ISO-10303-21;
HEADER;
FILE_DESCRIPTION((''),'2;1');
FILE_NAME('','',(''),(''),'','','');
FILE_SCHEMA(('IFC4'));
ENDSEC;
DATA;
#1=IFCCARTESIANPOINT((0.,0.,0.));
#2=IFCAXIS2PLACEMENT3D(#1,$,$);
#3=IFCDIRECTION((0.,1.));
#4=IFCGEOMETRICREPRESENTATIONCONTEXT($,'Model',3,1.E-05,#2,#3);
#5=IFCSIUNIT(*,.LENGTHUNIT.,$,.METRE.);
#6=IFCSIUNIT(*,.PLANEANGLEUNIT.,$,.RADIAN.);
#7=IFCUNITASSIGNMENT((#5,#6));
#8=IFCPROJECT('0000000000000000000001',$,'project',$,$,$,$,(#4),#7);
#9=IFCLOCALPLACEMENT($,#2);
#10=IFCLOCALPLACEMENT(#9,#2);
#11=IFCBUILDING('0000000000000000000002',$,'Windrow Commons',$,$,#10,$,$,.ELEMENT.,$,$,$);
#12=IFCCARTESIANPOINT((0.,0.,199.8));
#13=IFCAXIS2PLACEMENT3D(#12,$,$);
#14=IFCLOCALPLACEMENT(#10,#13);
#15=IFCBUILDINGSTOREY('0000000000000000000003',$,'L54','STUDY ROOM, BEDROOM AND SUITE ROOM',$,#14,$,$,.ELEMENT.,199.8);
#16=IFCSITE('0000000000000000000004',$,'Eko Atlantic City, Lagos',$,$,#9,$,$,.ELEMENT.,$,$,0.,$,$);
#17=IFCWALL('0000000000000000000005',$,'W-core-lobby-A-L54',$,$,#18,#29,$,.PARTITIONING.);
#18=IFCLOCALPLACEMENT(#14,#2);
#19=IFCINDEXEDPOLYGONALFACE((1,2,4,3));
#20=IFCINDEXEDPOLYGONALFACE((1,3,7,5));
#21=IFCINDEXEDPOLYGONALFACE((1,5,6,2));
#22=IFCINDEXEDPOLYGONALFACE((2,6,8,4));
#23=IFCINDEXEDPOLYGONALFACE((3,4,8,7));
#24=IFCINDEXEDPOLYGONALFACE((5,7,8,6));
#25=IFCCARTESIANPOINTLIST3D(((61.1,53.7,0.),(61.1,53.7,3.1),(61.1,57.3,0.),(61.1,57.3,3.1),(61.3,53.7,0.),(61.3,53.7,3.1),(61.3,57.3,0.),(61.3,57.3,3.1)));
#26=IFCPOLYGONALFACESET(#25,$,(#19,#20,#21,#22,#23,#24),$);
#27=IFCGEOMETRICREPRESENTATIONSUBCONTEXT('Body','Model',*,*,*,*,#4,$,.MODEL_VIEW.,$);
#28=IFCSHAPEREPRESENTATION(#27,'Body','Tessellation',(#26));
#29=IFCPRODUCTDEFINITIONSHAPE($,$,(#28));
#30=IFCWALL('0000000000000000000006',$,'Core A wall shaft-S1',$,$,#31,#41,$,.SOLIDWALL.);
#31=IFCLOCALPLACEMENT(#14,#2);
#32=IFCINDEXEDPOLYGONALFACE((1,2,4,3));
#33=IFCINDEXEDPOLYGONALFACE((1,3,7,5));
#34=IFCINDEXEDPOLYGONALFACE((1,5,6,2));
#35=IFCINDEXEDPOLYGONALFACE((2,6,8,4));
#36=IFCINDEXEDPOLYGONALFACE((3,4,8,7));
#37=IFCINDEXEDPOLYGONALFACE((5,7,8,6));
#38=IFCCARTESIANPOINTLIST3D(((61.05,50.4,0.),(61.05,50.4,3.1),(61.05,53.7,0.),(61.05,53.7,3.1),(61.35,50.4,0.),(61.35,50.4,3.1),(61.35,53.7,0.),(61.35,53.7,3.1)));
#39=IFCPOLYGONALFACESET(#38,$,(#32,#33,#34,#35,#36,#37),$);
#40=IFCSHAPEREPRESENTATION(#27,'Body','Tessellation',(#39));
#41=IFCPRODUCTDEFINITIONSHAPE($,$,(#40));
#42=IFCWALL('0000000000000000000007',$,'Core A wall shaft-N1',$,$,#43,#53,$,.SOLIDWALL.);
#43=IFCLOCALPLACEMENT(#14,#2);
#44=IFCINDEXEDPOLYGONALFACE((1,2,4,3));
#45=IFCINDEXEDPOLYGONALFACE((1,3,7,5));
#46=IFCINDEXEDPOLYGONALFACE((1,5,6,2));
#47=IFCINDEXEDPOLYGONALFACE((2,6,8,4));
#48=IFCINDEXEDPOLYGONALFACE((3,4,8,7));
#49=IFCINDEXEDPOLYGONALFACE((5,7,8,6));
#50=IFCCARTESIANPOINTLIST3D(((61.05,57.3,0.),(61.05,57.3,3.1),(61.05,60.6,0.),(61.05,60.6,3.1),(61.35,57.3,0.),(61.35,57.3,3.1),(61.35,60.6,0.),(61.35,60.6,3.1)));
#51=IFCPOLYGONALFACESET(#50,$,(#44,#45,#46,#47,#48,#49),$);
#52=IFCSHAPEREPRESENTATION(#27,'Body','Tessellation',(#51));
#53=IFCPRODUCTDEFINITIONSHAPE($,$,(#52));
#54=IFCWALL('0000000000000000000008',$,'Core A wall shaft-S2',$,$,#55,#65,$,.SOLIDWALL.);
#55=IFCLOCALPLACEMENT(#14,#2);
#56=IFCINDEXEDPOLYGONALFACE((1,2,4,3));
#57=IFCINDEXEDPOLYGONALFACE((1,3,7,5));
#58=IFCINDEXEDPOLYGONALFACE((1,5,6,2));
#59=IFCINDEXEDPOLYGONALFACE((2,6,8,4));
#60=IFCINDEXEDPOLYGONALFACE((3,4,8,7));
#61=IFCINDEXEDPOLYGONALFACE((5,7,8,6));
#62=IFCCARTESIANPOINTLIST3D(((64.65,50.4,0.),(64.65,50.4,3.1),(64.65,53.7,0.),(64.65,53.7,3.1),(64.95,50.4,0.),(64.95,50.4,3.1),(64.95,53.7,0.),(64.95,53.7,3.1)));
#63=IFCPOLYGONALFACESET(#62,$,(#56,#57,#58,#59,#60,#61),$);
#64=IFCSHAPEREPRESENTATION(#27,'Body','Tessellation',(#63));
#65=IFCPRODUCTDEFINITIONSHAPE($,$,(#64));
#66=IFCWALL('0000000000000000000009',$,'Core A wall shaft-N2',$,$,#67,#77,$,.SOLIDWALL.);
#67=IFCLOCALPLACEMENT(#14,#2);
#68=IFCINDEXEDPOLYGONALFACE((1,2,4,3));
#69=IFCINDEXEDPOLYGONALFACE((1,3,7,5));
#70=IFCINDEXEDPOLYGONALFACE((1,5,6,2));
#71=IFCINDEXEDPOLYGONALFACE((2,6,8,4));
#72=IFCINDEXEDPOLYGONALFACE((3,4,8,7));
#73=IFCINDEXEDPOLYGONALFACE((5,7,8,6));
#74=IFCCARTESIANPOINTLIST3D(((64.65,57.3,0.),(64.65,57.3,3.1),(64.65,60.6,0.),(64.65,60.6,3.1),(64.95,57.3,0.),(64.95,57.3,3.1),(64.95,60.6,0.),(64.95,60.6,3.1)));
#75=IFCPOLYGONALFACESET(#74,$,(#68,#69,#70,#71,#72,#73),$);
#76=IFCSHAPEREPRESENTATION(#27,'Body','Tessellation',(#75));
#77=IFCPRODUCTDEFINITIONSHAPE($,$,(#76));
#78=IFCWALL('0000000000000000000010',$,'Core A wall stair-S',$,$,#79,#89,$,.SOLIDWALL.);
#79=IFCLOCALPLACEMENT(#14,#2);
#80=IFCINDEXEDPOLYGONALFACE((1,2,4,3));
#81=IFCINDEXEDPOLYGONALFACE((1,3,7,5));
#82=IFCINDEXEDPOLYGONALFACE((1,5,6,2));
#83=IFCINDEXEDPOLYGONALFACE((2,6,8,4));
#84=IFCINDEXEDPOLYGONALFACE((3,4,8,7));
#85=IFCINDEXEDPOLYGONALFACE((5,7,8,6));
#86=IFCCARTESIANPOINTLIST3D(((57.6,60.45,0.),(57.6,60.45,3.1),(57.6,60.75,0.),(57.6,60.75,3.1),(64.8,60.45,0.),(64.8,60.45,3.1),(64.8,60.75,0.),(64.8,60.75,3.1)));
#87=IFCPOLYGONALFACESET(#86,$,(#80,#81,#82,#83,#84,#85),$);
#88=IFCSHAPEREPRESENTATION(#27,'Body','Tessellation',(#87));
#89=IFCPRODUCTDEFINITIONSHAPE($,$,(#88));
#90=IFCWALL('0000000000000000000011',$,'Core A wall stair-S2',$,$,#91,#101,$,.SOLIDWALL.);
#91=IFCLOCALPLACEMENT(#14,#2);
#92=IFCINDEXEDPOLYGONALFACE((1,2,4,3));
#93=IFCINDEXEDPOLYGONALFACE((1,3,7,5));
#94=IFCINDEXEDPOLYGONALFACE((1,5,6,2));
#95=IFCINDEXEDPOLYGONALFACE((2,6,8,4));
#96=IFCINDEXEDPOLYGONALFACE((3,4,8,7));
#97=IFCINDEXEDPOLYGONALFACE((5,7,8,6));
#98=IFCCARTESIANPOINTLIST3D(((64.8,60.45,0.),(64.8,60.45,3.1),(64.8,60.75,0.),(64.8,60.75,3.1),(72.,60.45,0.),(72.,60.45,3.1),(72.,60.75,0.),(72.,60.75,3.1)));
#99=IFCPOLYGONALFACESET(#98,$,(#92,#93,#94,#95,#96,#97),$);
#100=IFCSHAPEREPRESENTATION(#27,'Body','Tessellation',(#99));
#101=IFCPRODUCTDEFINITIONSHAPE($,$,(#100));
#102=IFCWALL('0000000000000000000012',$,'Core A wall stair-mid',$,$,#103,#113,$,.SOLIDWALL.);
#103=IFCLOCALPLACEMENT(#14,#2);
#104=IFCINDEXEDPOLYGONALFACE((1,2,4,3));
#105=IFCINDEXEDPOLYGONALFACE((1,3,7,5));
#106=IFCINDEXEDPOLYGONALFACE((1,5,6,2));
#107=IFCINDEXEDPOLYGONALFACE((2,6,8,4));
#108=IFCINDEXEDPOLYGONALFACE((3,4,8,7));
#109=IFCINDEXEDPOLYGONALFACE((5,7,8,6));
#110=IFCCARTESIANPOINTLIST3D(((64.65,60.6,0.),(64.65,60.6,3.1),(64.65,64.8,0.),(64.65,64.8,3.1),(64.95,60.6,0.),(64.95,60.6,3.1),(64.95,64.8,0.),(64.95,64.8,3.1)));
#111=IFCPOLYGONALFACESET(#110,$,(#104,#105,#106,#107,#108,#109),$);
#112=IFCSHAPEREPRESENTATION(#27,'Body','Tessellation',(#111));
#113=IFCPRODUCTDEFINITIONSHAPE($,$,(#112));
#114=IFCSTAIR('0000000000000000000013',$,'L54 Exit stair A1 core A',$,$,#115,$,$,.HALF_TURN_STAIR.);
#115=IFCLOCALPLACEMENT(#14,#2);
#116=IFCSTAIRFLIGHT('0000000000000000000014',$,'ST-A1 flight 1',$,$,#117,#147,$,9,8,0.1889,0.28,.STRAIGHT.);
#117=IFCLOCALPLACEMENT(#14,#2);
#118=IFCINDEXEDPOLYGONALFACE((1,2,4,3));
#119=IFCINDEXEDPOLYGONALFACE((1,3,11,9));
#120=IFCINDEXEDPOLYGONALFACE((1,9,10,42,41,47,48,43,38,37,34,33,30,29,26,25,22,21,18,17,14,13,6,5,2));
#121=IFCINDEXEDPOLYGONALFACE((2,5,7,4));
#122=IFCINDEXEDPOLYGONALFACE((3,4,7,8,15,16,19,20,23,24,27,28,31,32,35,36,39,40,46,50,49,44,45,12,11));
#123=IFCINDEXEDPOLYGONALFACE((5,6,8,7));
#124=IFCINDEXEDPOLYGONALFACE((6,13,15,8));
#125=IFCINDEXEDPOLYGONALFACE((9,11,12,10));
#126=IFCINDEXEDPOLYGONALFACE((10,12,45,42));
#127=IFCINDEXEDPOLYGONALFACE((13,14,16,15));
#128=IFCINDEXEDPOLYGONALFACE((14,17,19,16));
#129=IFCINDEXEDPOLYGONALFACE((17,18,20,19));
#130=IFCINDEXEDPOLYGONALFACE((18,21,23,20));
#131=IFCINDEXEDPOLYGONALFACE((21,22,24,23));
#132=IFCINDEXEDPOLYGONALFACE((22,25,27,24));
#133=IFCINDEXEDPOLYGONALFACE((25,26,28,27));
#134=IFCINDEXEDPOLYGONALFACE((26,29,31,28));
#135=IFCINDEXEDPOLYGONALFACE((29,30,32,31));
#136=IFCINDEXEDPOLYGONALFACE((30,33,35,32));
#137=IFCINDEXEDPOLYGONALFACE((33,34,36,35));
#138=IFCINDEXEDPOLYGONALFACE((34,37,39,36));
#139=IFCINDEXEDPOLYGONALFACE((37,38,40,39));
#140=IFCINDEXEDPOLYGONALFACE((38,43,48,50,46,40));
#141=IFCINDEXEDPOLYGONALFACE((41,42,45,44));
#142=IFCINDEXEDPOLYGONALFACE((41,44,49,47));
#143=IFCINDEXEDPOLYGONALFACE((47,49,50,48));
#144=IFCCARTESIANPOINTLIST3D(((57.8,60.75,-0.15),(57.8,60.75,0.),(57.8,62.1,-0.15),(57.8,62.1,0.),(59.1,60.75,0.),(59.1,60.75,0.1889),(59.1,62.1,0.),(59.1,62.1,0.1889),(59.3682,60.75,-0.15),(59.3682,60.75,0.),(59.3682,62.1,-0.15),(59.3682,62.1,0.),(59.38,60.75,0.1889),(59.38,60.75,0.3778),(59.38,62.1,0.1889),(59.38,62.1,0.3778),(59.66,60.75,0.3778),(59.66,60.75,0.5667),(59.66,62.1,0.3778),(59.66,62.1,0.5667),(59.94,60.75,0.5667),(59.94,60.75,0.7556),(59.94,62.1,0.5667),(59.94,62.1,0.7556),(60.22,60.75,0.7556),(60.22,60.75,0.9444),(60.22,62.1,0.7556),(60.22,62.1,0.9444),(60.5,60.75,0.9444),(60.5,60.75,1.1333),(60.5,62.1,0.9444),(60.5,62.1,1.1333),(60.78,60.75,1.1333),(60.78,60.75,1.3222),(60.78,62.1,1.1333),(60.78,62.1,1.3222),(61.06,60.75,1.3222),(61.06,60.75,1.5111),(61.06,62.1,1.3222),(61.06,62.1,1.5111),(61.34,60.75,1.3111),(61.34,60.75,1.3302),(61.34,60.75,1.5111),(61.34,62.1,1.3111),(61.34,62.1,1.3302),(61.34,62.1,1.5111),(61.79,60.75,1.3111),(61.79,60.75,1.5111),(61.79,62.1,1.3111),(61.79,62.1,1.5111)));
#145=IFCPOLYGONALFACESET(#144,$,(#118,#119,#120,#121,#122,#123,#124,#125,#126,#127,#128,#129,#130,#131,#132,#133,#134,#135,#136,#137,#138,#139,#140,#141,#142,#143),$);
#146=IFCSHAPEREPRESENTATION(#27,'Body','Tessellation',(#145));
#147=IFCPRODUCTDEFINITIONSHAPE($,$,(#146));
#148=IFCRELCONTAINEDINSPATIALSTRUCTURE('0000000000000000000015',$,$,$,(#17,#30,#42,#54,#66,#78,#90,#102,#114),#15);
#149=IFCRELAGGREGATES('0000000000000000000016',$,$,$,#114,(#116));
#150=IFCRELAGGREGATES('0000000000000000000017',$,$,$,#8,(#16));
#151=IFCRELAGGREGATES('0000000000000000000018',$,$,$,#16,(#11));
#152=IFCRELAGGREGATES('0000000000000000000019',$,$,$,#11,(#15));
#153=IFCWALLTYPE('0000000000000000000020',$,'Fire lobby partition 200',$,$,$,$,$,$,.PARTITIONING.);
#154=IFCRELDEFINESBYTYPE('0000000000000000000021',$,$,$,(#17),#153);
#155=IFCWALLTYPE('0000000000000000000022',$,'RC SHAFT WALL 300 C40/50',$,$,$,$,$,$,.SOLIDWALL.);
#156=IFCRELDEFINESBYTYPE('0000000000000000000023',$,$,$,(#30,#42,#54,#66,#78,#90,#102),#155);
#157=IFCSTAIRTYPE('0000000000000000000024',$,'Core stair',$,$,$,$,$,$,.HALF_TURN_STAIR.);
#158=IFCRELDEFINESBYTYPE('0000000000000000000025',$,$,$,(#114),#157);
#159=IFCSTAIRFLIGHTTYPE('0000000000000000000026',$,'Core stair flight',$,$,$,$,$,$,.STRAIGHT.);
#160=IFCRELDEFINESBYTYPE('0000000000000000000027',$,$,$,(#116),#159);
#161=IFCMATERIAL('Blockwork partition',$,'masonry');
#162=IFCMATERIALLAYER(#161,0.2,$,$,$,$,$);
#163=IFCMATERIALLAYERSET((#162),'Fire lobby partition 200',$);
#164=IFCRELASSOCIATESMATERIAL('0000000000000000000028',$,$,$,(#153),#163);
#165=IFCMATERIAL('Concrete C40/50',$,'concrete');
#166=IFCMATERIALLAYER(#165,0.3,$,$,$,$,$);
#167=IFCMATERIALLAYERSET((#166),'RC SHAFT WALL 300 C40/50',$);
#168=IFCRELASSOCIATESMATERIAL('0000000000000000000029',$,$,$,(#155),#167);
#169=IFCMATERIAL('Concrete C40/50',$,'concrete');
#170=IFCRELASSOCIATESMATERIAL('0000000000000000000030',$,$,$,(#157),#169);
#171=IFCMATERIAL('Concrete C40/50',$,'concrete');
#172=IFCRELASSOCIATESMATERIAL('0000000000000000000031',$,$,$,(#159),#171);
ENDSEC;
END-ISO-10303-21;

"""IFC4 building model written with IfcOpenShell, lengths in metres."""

from ifc_helpers import new_model, si_unit, direction, frame, frame_2d, origin, place, context, subcontext, project, spatial, polyline, rectangle, outline, extrude, material, layer, layer_set, type_object, element, aggregate, save


model = new_model("IFC4")

# Units and contexts
model_context = context("Model", 3, precision=1e-05, world=origin(), true_north=direction((0.0, 1.0)))
body_context = subcontext(model_context, "Body", "Model", "MODEL_VIEW")
ifc_project = project(units=[si_unit("LENGTHUNIT", "METRE"), si_unit("PLANEANGLEUNIT", "RADIAN")], contexts=[model_context])

# Site, building, storey
site_placement = place(None, origin())
site = spatial("IfcSite", under=ifc_project, at=site_placement, Name="Eko Atlantic City, Lagos", CompositionType="ELEMENT", RefElevation=0.0)
building_placement = place(site_placement, origin())
building = spatial("IfcBuilding", under=site, at=building_placement, Name="Windrow Commons", CompositionType="ELEMENT")
storey_placement = place(building_placement, frame((0.0, 0.0, 199.8)))
storey = spatial("IfcBuildingStorey", under=building, at=storey_placement, Name="L54", Description="STUDY ROOM, BEDROOM AND SUITE ROOM", CompositionType="ELEMENT", Elevation=199.8)

# Walls
ifc_material_1 = material(Name="Blockwork partition", Category="masonry")
ifc_layer_1 = layer(ifc_material_1, 0.2)
ifc_layer_set_1 = layer_set([ifc_layer_1], Name="Fire lobby partition 200")
wall_type_1 = type_object("IfcWallType", Name="Fire lobby partition 200", PredefinedType="PARTITIONING", material=ifc_layer_set_1)
wall_1_placement = place(storey_placement, frame((61.2, 53.7, 0.0), z_axis=(0.0, 0.0, 1.0), x_axis=(0.0, 1.0, 0.0)))
element("IfcWall", 1, at=wall_1_placement, inside=storey, type_object=wall_type_1, Name="W-core-lobby-A-L54", PredefinedType="PARTITIONING", context=body_context, shape_type="SweptSolid", body=[
    extrude(rectangle(XDim=3.6, YDim=0.2, at=frame_2d((1.8, 0.0))), origin(), (0.0, 0.0, 1.0), 3.1),
])
ifc_material_2 = material(Name="Concrete C40/50", Category="concrete")
ifc_layer_2 = layer(ifc_material_2, 0.3)
ifc_layer_set_2 = layer_set([ifc_layer_2], Name="RC SHAFT WALL 300 C40/50")
wall_type_2 = type_object("IfcWallType", Name="RC SHAFT WALL 300 C40/50", PredefinedType="SOLIDWALL", material=ifc_layer_set_2)
for number, where, z_axis, x_axis, name in (
    (2, (61.2, 50.4, 0.0), (0.0, 0.0, 1.0), (0.0, 1.0, 0.0), "Core A wall shaft-S1"),
    (3, (61.2, 57.3, 0.0), (0.0, 0.0, 1.0), (0.0, 1.0, 0.0), "Core A wall shaft-N1"),
    (4, (64.8, 50.4, 0.0), (0.0, 0.0, 1.0), (0.0, 1.0, 0.0), "Core A wall shaft-S2"),
    (5, (64.8, 57.3, 0.0), (0.0, 0.0, 1.0), (0.0, 1.0, 0.0), "Core A wall shaft-N2"),
):
    element("IfcWall", number, at=place(storey_placement, frame(where, z_axis=z_axis, x_axis=x_axis)), inside=storey, type_object=wall_type_2, Name=name, PredefinedType="SOLIDWALL", context=body_context, shape_type="SweptSolid", body=[
        extrude(rectangle(XDim=3.3, YDim=0.3, at=frame_2d((1.65, 0.0))), origin(), (0.0, 0.0, 1.0), 3.1),
    ])
for number, where, z_axis, x_axis, name in (
    (6, (57.6, 60.6, 0.0), (0.0, 0.0, 1.0), (1.0, 0.0, 0.0), "Core A wall stair-S"),
    (7, (64.8, 60.6, 0.0), (0.0, 0.0, 1.0), (1.0, 0.0, 0.0), "Core A wall stair-S2"),
):
    element("IfcWall", number, at=place(storey_placement, frame(where, z_axis=z_axis, x_axis=x_axis)), inside=storey, type_object=wall_type_2, Name=name, PredefinedType="SOLIDWALL", context=body_context, shape_type="SweptSolid", body=[
        extrude(rectangle(XDim=7.2, YDim=0.3, at=frame_2d((3.6, 0.0))), origin(), (0.0, 0.0, 1.0), 3.1),
    ])
wall_2_placement = place(storey_placement, frame((64.8, 60.6, 0.0), z_axis=(0.0, 0.0, 1.0), x_axis=(0.0, 1.0, 0.0)))
element("IfcWall", 8, at=wall_2_placement, inside=storey, type_object=wall_type_2, Name="Core A wall stair-mid", PredefinedType="SOLIDWALL", context=body_context, shape_type="SweptSolid", body=[
    extrude(rectangle(XDim=4.2, YDim=0.3, at=frame_2d((2.1, 0.0))), origin(), (0.0, 0.0, 1.0), 3.1),
])

# Stair, stair flight
ifc_material_3 = material(Name="Concrete C40/50", Category="concrete")
stair_type = type_object("IfcStairType", Name="Core stair", PredefinedType="HALF_TURN_STAIR", material=ifc_material_3)
stair_placement = place(storey_placement, origin())
stair = element("IfcStair", 9, at=stair_placement, inside=storey, type_object=stair_type, Name="L54 Exit stair A1 core A", PredefinedType="HALF_TURN_STAIR")
ifc_material_4 = material(Name="Concrete C40/50", Category="concrete")
stair_flight_type = type_object("IfcStairFlightType", Name="Core stair flight", PredefinedType="STRAIGHT", material=ifc_material_4)
stair_flight_placement = place(storey_placement, frame((59.1, 61.425, 0.0), z_axis=(0.0, 0.0, 1.0), x_axis=(1.0, 0.0, 0.0)))
stair_flight = element("IfcStairFlight", 10, at=stair_flight_placement, type_object=stair_flight_type, Name="ST-A1 flight 1", NumberOfRisers=9, NumberOfTreads=8, PredefinedType="STRAIGHT", RiserHeight=0.1889, TreadLength=0.28, context=body_context, shape_type="SweptSolid", body=[
    extrude(outline(polyline([(-1.3, -0.15), (-1.3, 0.0), (0.0, 0.0), (0.0, 0.1889), (0.28, 0.1889), (0.28, 0.3778), (0.56, 0.3778), (0.56, 0.5667), (0.84, 0.5667), (0.84, 0.7556), (1.12, 0.7556), (1.12, 0.9444), (1.4, 0.9444), (1.4, 1.1333), (1.68, 1.1333), (1.68, 1.3222), (1.96, 1.3222), (1.96, 1.5111), (2.24, 1.5111), (2.69, 1.5111), (2.69, 1.3111), (2.24, 1.3111), (2.24, 1.3302), (0.2682, 0.0), (0.2682, -0.15), (-1.3, -0.15)])), frame((0.0, 0.675, 0.0), z_axis=(0.0, -1.0, 0.0), x_axis=(1.0, 0.0, 0.0)), (0.0, 0.0, 1.0), 1.35),
])
aggregate(stair, [stair_flight])

save(model, "model.ifc")
